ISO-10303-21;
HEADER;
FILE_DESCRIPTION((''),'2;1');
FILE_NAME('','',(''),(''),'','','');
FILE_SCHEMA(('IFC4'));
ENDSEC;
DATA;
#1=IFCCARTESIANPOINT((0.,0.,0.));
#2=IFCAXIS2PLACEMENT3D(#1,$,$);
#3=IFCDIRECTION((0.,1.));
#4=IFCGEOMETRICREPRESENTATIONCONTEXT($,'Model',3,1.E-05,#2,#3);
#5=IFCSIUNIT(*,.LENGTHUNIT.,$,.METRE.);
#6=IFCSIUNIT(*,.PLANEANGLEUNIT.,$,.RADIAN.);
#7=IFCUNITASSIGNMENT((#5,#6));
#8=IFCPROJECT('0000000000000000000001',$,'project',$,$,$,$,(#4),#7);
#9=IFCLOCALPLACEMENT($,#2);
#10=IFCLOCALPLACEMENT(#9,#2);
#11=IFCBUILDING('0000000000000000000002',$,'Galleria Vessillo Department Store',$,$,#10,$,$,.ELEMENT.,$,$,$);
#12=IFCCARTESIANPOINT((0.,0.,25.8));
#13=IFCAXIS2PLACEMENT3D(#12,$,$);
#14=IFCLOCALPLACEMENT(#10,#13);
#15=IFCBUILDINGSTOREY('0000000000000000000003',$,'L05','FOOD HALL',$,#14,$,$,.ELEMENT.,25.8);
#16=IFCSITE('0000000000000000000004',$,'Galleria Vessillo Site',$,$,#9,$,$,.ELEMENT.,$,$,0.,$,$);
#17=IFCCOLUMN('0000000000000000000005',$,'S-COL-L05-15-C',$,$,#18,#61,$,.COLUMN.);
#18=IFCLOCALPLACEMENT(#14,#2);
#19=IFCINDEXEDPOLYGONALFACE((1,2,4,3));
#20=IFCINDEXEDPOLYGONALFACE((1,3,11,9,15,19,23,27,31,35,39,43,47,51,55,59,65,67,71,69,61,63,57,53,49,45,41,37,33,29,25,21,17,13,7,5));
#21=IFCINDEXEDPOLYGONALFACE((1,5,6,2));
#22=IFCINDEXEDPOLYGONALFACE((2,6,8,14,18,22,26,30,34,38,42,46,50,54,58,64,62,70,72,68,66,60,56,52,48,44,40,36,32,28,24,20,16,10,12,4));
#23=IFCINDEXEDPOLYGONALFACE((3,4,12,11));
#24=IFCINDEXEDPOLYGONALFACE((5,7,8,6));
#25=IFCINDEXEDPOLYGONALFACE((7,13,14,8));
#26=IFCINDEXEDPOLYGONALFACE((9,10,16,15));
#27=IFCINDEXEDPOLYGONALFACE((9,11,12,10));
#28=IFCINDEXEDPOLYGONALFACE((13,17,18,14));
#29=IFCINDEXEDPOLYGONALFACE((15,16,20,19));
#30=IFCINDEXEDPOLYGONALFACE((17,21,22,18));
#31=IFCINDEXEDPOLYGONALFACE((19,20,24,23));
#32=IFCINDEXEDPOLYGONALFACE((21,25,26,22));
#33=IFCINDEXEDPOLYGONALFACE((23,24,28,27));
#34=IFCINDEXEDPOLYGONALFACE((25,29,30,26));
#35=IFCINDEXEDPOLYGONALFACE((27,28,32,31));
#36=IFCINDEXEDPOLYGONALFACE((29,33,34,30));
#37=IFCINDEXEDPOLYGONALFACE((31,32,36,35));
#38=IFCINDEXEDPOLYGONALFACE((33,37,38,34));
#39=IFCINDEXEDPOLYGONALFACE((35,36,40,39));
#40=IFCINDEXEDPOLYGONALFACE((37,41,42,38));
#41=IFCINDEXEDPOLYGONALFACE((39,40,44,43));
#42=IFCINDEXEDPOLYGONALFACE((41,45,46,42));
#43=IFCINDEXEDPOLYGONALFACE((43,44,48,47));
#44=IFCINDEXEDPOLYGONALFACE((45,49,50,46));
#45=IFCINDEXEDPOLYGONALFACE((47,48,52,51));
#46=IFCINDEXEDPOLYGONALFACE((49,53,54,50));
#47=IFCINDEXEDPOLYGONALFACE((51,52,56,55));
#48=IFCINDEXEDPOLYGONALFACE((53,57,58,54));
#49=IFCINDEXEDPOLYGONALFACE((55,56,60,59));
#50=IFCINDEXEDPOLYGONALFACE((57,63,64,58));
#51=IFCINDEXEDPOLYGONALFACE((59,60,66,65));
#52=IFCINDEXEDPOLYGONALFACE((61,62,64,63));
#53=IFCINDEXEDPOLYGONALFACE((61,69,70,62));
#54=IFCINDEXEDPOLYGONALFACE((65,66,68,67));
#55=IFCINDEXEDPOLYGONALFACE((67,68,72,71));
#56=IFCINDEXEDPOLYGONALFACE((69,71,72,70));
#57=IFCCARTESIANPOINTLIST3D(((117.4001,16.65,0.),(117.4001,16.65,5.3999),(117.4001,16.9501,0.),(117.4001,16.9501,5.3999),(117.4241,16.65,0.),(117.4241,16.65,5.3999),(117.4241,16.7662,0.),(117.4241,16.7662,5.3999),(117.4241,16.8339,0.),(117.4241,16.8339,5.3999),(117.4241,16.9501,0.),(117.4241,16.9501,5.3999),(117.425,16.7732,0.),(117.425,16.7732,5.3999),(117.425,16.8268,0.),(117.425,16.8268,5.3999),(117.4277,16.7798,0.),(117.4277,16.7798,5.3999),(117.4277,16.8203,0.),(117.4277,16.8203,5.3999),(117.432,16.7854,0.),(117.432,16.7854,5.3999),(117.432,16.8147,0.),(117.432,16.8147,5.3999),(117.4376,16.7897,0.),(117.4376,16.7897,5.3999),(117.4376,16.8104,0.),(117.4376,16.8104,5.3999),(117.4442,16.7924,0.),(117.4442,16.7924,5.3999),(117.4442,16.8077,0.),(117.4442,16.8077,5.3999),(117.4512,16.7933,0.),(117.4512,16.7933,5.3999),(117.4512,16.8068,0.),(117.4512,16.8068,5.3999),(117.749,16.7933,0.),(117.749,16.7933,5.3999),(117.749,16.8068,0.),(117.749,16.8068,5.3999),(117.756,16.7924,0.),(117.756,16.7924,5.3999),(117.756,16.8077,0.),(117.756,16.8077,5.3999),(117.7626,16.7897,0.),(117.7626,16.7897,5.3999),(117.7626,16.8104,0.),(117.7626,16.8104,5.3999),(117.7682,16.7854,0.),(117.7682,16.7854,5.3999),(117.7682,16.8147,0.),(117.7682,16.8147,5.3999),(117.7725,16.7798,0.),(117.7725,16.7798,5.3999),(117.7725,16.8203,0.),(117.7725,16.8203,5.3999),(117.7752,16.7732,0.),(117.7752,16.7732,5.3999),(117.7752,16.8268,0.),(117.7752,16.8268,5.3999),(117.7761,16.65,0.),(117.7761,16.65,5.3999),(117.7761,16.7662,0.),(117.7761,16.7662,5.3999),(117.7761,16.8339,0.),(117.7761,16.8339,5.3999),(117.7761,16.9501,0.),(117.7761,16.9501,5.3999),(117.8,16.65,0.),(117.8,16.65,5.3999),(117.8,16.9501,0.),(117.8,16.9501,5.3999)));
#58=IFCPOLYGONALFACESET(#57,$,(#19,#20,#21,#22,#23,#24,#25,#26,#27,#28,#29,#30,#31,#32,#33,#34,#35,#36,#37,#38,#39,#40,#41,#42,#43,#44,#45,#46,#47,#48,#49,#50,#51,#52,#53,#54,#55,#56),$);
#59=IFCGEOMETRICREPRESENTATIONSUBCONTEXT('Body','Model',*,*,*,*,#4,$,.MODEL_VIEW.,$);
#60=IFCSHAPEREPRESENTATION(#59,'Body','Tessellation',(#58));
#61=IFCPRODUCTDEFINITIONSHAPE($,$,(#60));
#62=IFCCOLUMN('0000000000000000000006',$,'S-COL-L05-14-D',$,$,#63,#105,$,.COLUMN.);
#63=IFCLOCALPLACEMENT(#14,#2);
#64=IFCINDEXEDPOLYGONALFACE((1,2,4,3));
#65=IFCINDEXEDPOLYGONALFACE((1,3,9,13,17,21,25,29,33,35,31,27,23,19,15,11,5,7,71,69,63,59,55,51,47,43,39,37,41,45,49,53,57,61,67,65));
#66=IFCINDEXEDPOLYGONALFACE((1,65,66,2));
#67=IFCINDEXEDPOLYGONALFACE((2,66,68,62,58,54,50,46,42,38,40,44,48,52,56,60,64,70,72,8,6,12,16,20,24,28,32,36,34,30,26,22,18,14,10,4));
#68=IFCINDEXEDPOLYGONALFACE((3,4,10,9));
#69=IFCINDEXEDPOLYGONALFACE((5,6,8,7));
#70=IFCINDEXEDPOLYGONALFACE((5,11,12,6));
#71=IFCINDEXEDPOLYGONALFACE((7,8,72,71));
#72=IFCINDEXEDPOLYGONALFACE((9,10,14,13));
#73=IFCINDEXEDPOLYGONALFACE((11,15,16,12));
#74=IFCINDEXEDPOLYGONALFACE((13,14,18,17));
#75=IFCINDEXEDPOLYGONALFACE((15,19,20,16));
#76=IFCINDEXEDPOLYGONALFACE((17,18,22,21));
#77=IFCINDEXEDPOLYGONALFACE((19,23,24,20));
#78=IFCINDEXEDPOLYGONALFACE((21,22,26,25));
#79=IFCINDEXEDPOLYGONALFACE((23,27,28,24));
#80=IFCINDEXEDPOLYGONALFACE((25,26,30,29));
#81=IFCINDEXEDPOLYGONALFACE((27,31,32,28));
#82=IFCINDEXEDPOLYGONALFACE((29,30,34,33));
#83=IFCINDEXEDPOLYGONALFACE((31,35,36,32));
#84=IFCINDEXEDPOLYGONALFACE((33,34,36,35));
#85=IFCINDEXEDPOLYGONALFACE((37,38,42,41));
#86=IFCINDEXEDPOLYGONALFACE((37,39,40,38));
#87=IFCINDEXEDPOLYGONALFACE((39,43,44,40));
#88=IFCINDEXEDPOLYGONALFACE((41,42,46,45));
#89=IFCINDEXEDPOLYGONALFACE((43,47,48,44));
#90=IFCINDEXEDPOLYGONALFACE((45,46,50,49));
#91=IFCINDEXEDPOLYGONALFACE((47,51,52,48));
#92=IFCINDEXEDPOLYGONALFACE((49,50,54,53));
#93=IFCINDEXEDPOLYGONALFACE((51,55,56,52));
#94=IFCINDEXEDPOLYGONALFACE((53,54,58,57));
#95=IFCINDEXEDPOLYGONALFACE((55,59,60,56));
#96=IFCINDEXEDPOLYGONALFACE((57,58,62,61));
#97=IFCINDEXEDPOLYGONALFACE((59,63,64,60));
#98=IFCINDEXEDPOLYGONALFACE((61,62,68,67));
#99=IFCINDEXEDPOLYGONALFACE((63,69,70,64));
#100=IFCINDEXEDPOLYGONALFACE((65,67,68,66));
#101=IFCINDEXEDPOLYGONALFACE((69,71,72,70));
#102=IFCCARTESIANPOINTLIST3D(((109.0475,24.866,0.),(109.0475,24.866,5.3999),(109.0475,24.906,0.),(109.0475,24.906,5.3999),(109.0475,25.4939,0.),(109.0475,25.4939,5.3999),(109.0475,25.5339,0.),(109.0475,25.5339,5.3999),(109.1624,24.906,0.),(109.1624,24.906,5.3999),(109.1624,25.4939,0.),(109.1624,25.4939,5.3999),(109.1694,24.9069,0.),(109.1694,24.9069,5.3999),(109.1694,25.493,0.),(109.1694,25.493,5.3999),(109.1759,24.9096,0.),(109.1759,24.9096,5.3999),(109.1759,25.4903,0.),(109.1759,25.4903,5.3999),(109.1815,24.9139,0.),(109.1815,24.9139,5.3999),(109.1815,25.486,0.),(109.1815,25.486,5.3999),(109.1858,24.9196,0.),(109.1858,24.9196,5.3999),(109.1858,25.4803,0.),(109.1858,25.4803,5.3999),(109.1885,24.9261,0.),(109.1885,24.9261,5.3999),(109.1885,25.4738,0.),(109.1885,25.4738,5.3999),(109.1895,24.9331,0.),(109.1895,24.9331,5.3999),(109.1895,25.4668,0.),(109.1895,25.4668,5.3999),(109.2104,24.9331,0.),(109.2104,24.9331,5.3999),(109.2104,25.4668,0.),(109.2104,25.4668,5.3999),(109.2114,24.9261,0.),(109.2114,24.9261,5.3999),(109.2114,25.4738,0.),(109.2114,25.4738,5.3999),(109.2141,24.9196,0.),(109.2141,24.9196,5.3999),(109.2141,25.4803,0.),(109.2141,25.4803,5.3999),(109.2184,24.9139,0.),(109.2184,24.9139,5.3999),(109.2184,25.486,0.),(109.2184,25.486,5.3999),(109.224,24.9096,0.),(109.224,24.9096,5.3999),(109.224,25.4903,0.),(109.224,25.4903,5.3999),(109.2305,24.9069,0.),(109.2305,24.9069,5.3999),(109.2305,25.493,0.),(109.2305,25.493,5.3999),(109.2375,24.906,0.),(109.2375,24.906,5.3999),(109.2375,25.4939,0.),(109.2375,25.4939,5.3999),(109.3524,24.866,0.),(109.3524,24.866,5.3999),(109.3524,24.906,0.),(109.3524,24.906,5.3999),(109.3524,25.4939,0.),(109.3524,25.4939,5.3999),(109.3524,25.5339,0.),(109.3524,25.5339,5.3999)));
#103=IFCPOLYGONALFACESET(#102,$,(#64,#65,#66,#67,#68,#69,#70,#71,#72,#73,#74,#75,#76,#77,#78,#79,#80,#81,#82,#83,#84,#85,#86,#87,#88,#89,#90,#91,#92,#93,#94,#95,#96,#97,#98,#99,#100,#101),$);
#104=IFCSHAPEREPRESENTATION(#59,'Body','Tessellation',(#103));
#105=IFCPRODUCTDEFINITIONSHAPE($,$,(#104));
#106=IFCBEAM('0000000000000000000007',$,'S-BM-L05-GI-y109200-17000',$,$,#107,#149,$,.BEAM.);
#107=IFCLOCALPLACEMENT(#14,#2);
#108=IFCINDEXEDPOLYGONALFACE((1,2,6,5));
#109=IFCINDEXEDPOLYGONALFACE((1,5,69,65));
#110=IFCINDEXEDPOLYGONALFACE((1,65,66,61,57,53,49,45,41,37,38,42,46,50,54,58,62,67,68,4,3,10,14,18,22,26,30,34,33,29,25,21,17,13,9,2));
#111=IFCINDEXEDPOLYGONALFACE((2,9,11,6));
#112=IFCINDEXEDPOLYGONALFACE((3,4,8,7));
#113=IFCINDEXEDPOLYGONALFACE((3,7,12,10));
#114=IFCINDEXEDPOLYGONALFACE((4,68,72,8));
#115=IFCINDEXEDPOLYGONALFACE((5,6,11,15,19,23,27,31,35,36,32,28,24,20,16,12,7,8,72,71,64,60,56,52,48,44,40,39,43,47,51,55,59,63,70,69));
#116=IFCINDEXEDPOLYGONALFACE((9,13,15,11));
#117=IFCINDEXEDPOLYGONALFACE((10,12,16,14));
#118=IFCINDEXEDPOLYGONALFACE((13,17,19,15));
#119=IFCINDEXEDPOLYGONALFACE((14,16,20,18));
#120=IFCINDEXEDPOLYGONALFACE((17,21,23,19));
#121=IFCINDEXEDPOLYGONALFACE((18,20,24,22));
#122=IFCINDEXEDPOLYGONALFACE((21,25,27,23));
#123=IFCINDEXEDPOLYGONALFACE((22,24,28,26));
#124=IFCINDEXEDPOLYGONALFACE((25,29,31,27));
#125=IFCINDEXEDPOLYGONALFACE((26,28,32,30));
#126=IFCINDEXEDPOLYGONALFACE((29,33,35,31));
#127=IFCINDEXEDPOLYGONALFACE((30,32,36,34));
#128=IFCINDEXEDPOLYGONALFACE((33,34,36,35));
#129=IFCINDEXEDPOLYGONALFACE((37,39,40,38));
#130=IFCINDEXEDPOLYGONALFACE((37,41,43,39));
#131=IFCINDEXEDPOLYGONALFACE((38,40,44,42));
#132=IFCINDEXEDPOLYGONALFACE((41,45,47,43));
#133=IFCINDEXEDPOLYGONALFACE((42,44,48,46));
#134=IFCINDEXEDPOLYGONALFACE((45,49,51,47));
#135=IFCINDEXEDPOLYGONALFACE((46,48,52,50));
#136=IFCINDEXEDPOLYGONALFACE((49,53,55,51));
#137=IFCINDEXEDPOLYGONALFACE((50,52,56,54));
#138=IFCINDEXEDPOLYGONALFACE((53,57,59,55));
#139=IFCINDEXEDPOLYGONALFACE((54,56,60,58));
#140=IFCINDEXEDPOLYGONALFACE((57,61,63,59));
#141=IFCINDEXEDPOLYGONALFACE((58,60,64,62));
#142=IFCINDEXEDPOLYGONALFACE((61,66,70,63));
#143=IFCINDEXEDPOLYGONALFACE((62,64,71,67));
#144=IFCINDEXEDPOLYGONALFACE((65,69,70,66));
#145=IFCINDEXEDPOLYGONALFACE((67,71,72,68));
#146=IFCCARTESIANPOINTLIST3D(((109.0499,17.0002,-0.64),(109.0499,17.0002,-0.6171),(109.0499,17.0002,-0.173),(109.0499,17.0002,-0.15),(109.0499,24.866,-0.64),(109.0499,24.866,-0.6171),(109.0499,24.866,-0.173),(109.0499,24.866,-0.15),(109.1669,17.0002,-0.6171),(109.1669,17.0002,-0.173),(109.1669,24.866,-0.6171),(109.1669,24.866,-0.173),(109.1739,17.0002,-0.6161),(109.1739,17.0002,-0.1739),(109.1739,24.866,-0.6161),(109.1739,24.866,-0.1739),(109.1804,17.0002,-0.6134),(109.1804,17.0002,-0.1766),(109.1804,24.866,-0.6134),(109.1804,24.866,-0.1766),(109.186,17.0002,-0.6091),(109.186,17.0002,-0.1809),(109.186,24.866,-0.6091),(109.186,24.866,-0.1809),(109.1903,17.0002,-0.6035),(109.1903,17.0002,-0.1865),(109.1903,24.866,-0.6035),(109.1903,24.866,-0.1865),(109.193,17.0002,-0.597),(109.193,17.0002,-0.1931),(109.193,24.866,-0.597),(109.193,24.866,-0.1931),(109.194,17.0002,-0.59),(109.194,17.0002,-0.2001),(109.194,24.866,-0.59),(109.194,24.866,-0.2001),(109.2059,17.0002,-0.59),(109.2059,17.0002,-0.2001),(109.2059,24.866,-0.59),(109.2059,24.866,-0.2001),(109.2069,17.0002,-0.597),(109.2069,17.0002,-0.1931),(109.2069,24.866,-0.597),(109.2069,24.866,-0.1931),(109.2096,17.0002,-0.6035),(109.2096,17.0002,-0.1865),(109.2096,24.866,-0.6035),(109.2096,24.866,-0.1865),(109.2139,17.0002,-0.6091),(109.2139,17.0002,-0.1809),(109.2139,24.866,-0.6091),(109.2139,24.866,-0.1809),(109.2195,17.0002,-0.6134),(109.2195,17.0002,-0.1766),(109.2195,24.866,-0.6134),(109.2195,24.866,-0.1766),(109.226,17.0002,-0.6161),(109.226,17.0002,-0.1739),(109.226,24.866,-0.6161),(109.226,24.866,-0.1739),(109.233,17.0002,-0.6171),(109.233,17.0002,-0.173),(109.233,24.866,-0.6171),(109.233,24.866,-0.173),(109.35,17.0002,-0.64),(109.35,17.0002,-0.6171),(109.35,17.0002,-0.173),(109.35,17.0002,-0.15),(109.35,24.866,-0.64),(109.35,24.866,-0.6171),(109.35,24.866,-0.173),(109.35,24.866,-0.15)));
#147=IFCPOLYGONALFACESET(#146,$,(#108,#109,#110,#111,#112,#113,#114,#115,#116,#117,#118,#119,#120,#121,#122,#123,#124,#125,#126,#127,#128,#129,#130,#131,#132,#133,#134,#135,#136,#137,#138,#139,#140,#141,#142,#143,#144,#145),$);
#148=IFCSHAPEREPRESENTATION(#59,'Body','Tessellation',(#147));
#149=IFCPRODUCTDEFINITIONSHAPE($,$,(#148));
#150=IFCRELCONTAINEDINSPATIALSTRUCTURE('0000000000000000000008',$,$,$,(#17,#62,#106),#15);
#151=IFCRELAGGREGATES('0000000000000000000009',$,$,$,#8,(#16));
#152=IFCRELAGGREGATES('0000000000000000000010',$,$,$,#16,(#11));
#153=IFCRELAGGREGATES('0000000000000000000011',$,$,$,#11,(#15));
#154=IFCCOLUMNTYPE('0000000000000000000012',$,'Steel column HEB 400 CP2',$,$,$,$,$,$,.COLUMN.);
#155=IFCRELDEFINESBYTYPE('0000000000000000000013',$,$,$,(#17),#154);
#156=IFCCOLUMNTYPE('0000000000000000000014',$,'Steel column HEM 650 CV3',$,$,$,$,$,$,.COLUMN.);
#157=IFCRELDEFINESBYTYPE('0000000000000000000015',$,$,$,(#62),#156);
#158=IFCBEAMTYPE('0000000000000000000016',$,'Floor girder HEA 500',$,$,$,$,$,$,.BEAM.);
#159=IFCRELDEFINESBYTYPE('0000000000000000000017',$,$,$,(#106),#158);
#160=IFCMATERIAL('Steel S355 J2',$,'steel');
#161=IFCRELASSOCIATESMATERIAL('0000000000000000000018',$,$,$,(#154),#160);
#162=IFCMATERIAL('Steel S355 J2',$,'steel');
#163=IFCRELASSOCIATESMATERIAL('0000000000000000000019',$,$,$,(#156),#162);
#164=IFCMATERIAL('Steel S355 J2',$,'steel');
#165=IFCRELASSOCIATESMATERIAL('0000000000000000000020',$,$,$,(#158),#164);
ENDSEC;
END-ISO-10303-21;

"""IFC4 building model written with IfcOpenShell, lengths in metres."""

from ifc_helpers import new_model, si_unit, direction, frame, origin, origin_2d, place, context, subcontext, project, spatial, i_section, extrude, material, material_profile, profile_set, type_object, element, save


model = new_model("IFC4")

# Units and contexts
model_context = context("Model", 3, precision=1e-05, world=origin(), true_north=direction((0.0, 1.0)))
body_context = subcontext(model_context, "Body", "Model", "MODEL_VIEW")
ifc_project = project(units=[si_unit("LENGTHUNIT", "METRE"), si_unit("PLANEANGLEUNIT", "RADIAN")], contexts=[model_context])

# Site, building, storey
site_placement = place(None, origin())
site = spatial("IfcSite", under=ifc_project, at=site_placement, Name="Galleria Vessillo Site", CompositionType="ELEMENT", RefElevation=0.0)
building_placement = place(site_placement, origin())
building = spatial("IfcBuilding", under=site, at=building_placement, Name="Galleria Vessillo Department Store", CompositionType="ELEMENT")
storey_placement = place(building_placement, frame((0.0, 0.0, 25.8)))
storey = spatial("IfcBuildingStorey", under=building, at=storey_placement, Name="L05", Description="FOOD HALL", CompositionType="ELEMENT", Elevation=25.8)

# Columns
ifc_material_1 = material(Name="Steel S355 J2", Category="steel")
ifc_material_profile_1 = material_profile(ifc_material_1, i_section(OverallWidth=0.3, OverallDepth=0.3999, WebThickness=0.0134, FlangeThickness=0.0239, FilletRadius=0.0271, at=origin_2d()), Name="HEB 400")
ifc_profile_set_1 = profile_set([ifc_material_profile_1], Name="Steel S355 J2")
column_type_1 = type_object("IfcColumnType", Name="Steel column HEB 400 CP2", PredefinedType="COLUMN", material=ifc_profile_set_1)
column_1_placement = place(storey_placement, frame((117.6001, 16.8, 0.0), z_axis=(0.0, 0.0, 1.0), x_axis=(0.0, 1.0, 0.0)))
element("IfcColumn", 1, at=column_1_placement, inside=storey, type_object=column_type_1, Name="S-COL-L05-15-C", PredefinedType="COLUMN", context=body_context, shape_type="SweptSolid", body=[
    extrude(i_section(OverallWidth=0.3, OverallDepth=0.3999, WebThickness=0.0134, FlangeThickness=0.0239, FilletRadius=0.0271, at=origin_2d()), origin(), (0.0, 0.0, 1.0), 5.3999),
])
ifc_material_2 = material(Name="Steel S355 J2", Category="steel")
ifc_material_profile_2 = material_profile(ifc_material_2, i_section(OverallWidth=0.3049, OverallDepth=0.668, WebThickness=0.021, FlangeThickness=0.04, FilletRadius=0.0271, at=origin_2d()), Name="HEM 650")
ifc_profile_set_2 = profile_set([ifc_material_profile_2], Name="Steel S355 J2")
column_type_2 = type_object("IfcColumnType", Name="Steel column HEM 650 CV3", PredefinedType="COLUMN", material=ifc_profile_set_2)
column_2_placement = place(storey_placement, frame((109.2, 25.2, 0.0), z_axis=(0.0, 0.0, 1.0), x_axis=(1.0, 0.0, 0.0)))
element("IfcColumn", 2, at=column_2_placement, inside=storey, type_object=column_type_2, Name="S-COL-L05-14-D", PredefinedType="COLUMN", context=body_context, shape_type="SweptSolid", body=[
    extrude(i_section(OverallWidth=0.3049, OverallDepth=0.668, WebThickness=0.021, FlangeThickness=0.04, FilletRadius=0.0271, at=origin_2d()), origin(), (0.0, 0.0, 1.0), 5.3999),
])

# Beam
ifc_material_3 = material(Name="Steel S355 J2", Category="steel")
ifc_material_profile_3 = material_profile(ifc_material_3, i_section(OverallWidth=0.3, OverallDepth=0.49, WebThickness=0.012, FlangeThickness=0.0229, FilletRadius=0.0271, at=origin_2d()), Name="HEA 500")
ifc_profile_set_3 = profile_set([ifc_material_profile_3], Name="Steel S355 J2")
beam_type_1 = type_object("IfcBeamType", Name="Floor girder HEA 500", PredefinedType="BEAM", material=ifc_profile_set_3)
beam_1_placement = place(storey_placement, frame((109.2, 17.0002, -0.395), z_axis=(0.0, 1.0, 0.0), x_axis=(-1.0, 0.0, 0.0)))
element("IfcBeam", 3, at=beam_1_placement, inside=storey, type_object=beam_type_1, Name="S-BM-L05-GI-y109200-17000", PredefinedType="BEAM", context=body_context, shape_type="SweptSolid", body=[
    extrude(i_section(OverallWidth=0.3, OverallDepth=0.49, WebThickness=0.012, FlangeThickness=0.0229, FilletRadius=0.0271, at=origin_2d()), origin(), (0.0, 0.0, 1.0), 7.8657),
])

save(model, "model.ifc")
